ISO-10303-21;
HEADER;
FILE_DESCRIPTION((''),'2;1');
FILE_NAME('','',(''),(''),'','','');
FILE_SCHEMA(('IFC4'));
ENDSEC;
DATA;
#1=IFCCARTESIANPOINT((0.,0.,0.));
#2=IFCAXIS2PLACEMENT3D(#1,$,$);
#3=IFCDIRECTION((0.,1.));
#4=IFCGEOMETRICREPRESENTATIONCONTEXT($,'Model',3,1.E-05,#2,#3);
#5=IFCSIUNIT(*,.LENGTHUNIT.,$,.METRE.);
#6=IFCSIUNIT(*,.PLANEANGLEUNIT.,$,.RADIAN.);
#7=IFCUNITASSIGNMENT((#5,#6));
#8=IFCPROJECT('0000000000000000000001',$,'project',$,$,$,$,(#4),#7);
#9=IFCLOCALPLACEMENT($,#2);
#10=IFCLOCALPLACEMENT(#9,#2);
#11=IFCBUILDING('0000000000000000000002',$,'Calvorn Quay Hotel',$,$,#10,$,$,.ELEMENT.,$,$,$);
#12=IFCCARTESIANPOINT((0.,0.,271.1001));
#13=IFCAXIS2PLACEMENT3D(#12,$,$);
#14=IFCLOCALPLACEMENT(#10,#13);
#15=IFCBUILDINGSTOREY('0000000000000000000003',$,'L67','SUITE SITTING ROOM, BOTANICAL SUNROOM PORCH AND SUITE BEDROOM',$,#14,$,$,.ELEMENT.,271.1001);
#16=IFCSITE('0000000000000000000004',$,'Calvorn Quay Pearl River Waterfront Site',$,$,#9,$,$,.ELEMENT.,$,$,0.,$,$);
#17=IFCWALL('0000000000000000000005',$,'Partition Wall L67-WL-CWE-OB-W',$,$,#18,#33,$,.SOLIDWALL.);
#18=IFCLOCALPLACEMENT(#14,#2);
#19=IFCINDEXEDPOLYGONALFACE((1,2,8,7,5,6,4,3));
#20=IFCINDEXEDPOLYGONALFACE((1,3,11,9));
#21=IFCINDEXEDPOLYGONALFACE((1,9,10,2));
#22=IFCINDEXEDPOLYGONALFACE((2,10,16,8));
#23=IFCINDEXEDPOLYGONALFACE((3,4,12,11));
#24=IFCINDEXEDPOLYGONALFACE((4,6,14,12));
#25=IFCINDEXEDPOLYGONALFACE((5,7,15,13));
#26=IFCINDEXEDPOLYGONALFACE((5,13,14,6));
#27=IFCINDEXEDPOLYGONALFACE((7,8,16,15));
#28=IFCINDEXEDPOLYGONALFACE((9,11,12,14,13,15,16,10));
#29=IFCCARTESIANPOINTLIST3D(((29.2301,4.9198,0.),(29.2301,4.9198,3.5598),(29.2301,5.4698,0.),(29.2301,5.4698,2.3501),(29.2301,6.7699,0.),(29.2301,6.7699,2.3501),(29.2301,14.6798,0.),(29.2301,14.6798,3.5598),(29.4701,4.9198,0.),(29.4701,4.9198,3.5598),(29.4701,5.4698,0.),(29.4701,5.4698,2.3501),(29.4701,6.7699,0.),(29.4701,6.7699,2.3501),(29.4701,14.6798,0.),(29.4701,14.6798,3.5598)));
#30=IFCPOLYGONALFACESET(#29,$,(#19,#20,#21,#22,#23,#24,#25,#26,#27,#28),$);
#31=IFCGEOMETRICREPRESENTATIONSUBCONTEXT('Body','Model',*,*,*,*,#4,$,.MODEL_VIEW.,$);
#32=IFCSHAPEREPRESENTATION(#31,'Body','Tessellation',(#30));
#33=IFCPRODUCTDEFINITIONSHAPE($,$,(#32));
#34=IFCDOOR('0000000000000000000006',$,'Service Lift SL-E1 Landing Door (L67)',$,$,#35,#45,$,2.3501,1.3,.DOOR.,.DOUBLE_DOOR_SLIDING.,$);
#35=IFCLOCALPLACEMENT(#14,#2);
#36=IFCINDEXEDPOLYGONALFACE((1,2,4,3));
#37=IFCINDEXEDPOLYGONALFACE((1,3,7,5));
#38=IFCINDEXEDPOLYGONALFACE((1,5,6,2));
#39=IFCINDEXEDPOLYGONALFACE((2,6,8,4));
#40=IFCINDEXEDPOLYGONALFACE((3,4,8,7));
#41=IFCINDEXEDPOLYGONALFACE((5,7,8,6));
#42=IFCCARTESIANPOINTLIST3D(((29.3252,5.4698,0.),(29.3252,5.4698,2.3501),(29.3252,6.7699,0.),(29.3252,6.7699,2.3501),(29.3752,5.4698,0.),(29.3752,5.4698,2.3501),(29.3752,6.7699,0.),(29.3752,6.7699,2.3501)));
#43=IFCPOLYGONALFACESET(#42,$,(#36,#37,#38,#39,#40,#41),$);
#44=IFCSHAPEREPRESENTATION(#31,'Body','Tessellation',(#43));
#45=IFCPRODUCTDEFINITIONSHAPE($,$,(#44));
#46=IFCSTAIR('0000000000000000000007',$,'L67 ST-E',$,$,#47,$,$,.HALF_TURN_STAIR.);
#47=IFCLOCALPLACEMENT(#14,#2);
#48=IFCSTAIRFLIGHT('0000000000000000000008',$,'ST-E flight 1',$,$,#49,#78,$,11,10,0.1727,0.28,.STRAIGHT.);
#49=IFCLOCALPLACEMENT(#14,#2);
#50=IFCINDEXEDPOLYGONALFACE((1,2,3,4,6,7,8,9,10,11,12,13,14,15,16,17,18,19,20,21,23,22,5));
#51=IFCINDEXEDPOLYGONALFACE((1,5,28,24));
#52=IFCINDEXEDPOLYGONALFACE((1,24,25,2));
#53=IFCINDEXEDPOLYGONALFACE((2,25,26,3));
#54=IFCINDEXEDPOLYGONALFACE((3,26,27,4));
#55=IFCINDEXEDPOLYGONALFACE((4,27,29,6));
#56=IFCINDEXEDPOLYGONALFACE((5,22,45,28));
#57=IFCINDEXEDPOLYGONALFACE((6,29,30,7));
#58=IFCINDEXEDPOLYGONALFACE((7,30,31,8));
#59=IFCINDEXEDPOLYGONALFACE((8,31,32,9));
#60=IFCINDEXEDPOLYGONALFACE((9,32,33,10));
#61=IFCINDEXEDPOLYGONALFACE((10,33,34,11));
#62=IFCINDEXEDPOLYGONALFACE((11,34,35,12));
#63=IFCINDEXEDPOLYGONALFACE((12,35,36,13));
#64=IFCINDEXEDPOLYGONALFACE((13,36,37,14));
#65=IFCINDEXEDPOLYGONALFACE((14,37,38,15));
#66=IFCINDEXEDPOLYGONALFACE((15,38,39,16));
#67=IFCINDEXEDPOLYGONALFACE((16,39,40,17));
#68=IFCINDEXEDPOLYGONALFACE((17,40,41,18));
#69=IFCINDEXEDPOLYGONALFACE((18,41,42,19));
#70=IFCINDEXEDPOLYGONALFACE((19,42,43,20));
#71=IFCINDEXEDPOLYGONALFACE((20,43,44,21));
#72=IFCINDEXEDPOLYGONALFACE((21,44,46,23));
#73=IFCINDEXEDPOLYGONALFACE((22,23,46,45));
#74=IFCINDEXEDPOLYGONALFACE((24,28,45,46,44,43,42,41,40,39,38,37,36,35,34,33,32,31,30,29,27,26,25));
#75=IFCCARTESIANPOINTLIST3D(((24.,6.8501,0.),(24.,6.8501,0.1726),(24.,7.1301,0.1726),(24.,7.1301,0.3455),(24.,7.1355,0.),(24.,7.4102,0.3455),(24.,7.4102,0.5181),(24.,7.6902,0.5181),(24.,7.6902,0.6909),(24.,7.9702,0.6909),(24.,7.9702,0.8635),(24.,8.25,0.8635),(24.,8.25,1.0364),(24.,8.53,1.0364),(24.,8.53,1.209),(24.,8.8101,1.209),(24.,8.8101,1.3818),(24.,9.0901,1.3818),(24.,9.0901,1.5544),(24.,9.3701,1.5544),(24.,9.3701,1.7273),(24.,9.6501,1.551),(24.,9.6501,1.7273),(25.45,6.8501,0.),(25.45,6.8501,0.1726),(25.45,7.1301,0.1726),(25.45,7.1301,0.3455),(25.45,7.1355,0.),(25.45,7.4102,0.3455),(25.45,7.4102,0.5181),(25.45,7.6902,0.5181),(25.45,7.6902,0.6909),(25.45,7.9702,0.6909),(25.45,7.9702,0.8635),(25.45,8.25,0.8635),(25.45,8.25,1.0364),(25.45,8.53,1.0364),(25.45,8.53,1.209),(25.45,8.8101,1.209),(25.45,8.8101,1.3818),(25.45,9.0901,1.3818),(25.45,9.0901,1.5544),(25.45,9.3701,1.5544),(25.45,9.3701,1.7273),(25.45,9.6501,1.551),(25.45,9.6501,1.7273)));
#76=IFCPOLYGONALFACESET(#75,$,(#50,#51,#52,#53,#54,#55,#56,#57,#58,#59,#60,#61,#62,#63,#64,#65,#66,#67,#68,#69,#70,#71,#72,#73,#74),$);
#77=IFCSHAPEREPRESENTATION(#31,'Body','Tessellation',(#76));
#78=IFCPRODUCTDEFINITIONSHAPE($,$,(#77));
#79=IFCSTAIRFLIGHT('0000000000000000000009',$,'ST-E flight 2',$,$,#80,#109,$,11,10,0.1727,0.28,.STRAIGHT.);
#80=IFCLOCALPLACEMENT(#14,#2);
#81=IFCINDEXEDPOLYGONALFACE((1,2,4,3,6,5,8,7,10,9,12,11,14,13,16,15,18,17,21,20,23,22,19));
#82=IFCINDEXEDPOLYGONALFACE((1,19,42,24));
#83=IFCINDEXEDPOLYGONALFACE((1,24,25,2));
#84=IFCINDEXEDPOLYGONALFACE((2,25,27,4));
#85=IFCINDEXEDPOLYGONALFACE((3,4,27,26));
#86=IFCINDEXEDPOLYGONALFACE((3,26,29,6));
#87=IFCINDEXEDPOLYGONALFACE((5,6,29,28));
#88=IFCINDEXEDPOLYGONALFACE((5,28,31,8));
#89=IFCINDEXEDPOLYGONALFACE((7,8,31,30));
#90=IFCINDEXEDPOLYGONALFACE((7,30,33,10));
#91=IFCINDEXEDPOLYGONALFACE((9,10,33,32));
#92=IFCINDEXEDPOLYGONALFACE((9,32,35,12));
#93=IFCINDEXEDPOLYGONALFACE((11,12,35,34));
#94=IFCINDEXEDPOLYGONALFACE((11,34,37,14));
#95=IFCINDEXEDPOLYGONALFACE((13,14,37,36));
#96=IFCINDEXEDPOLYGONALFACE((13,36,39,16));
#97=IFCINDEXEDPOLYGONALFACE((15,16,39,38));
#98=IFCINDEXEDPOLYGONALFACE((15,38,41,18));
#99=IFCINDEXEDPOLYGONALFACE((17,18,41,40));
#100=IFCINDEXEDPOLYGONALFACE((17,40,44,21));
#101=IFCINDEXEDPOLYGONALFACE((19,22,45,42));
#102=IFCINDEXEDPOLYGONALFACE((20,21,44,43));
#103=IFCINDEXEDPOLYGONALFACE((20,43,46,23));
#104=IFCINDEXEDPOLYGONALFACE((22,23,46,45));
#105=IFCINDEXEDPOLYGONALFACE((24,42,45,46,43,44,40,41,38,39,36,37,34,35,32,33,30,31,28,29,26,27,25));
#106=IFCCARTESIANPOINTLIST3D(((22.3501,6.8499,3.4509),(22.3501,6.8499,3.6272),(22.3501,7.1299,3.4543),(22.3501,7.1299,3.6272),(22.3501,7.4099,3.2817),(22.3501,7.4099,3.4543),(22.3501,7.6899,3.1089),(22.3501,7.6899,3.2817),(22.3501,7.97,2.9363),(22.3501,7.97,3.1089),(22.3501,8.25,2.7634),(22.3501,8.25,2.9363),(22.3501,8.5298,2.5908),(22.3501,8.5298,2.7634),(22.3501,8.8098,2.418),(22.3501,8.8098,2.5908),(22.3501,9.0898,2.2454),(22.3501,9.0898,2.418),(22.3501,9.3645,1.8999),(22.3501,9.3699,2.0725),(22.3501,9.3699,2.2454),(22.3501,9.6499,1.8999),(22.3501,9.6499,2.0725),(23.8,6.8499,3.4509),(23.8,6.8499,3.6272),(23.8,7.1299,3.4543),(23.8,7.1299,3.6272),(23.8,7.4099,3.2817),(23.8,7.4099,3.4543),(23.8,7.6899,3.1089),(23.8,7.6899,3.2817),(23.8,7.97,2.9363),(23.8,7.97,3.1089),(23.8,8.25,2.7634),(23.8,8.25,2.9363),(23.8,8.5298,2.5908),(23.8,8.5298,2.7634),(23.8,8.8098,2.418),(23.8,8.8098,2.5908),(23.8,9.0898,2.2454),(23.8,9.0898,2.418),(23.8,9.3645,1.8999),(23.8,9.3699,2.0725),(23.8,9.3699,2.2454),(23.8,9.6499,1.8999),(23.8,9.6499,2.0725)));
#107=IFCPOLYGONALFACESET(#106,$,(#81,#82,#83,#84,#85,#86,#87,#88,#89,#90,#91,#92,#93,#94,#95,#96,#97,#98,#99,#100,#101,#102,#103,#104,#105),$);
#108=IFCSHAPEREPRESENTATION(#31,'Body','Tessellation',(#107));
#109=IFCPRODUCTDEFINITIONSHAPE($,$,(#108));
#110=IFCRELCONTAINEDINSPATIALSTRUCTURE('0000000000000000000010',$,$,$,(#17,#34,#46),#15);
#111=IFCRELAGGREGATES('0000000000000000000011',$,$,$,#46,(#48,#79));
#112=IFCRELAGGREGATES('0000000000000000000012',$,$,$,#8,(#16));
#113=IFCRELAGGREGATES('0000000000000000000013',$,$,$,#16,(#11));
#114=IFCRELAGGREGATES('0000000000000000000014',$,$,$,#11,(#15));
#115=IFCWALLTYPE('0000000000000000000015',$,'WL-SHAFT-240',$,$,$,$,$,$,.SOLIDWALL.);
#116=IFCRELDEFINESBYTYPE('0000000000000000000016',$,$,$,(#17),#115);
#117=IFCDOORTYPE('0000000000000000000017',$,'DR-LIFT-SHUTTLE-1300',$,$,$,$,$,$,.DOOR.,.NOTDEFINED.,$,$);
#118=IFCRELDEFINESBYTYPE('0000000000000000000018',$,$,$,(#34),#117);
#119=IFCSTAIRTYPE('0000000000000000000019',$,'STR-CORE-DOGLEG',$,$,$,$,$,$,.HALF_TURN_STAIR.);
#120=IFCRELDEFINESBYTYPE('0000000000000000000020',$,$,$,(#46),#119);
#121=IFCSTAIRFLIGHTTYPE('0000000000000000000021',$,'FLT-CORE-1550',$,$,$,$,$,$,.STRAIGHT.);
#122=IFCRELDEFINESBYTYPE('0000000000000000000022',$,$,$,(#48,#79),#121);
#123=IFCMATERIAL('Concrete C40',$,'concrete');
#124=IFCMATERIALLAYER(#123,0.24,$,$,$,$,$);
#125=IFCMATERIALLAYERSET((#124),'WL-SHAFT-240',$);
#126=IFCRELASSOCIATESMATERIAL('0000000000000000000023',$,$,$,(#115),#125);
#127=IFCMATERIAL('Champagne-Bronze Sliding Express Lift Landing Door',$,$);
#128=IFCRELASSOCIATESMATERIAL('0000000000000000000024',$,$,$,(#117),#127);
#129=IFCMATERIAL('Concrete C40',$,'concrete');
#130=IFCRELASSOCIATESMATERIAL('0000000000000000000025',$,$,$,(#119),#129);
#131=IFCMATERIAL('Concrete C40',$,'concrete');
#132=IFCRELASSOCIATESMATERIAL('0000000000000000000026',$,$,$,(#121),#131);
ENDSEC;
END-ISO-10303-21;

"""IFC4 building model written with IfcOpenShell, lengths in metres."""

from ifc_helpers import new_model, si_unit, direction, frame, frame_2d, origin, place, context, subcontext, project, spatial, polyline, rectangle, outline, extrude, material, layer, layer_set, type_object, element, fill, aggregate, save


model = new_model("IFC4")

# Units and contexts
model_context = context("Model", 3, precision=1e-05, world=origin(), true_north=direction((0.0, 1.0)))
body_context = subcontext(model_context, "Body", "Model", "MODEL_VIEW")
ifc_project = project(units=[si_unit("LENGTHUNIT", "METRE"), si_unit("PLANEANGLEUNIT", "RADIAN")], contexts=[model_context])

# Site, building, storey
site_placement = place(None, origin())
site = spatial("IfcSite", under=ifc_project, at=site_placement, Name="Calvorn Quay Pearl River Waterfront Site", CompositionType="ELEMENT", RefElevation=0.0)
building_placement = place(site_placement, origin())
building = spatial("IfcBuilding", under=site, at=building_placement, Name="Calvorn Quay Hotel", CompositionType="ELEMENT")
storey_placement = place(building_placement, frame((0.0, 0.0, 271.1001)))
storey = spatial("IfcBuildingStorey", under=building, at=storey_placement, Name="L67", Description="SUITE SITTING ROOM, BOTANICAL SUNROOM PORCH AND SUITE BEDROOM", CompositionType="ELEMENT", Elevation=271.1001)

# Shared definitions
ifc_material_1 = material(Name="Concrete C40", Category="concrete")
ifc_layer_1 = layer(ifc_material_1, 0.24)
ifc_layer_set_1 = layer_set([ifc_layer_1], Name="WL-SHAFT-240")
wall_type_1 = type_object("IfcWallType", Name="WL-SHAFT-240", PredefinedType="SOLIDWALL", material=ifc_layer_set_1)

# Shared definitions
ifc_material_2 = material(Name="Champagne-Bronze Sliding Express Lift Landing Door")
door_type_1 = type_object("IfcDoorType", Name="DR-LIFT-SHUTTLE-1300", OperationType="NOTDEFINED", PredefinedType="DOOR", material=ifc_material_2)

# Wall, opening, door
wall_1_placement = place(storey_placement, frame((29.3501, 4.9199, 0.0), z_axis=(0.0, 0.0, 1.0), x_axis=(0.0, 1.0, 0.0)))
wall_1 = element("IfcWall", 1, at=wall_1_placement, inside=storey, type_object=wall_type_1, Name="Partition Wall L67-WL-CWE-OB-W", PredefinedType="SOLIDWALL", context=body_context, shape_type="SweptSolid", body=[
    extrude(rectangle(XDim=9.76, YDim=0.24, at=frame_2d((4.8799, 0.0))), origin(), (0.0, 0.0, 1.0), 3.5598),
])
opening_1_placement = place(wall_1_placement, frame((0.55, 0.0, 0.0)))
opening_1 = element("IfcOpeningElement", 2, at=opening_1_placement, cuts=wall_1, PredefinedType="OPENING", context=body_context, shape_type="SweptSolid", body=[
    extrude(rectangle(XDim=1.3, YDim=2.3501, at=frame_2d((0.6499, 1.175))), frame((0.0, 0.1299, 0.0), z_axis=(0.0, -1.0, 0.0), x_axis=(1.0, 0.0, 0.0)), (0.0, 0.0, 1.0), 0.26),
])
door_1_placement = place(opening_1_placement, origin())
door_1 = element("IfcDoor", 3, at=door_1_placement, inside=storey, type_object=door_type_1, Name="Service Lift SL-E1 Landing Door (L67)", OperationType="DOUBLE_DOOR_SLIDING", OverallHeight=2.3501, OverallWidth=1.3, PredefinedType="DOOR", context=body_context, shape_type="SweptSolid", body=[
    extrude(rectangle(XDim=1.3, YDim=2.3501, at=frame_2d((0.6499, 1.175))), frame((0.0, 0.0249, 0.0), z_axis=(0.0, -1.0, 0.0), x_axis=(1.0, 0.0, 0.0)), (0.0, 0.0, 1.0), 0.05),
])
fill(opening_1, door_1)

# Stair, stair flights
ifc_material_3 = material(Name="Concrete C40", Category="concrete")
stair_type = type_object("IfcStairType", Name="STR-CORE-DOGLEG", PredefinedType="HALF_TURN_STAIR", material=ifc_material_3)
stair_placement = place(storey_placement, origin())
stair = element("IfcStair", 4, at=stair_placement, inside=storey, type_object=stair_type, Name="L67 ST-E", PredefinedType="HALF_TURN_STAIR")
ifc_material_4 = material(Name="Concrete C40", Category="concrete")
stair_flight_type = type_object("IfcStairFlightType", Name="FLT-CORE-1550", PredefinedType="STRAIGHT", material=ifc_material_4)
stair_flight_1_placement = place(storey_placement, frame((24.7251, 6.8501, 0.0), z_axis=(0.0, 0.0, 1.0), x_axis=(0.0, 1.0, 0.0)))
stair_flight_1 = element("IfcStairFlight", 5, at=stair_flight_1_placement, type_object=stair_flight_type, Name="ST-E flight 1", NumberOfRisers=11, NumberOfTreads=10, PredefinedType="STRAIGHT", RiserHeight=0.1727, TreadLength=0.28, context=body_context, shape_type="SweptSolid", body=[
    extrude(outline(polyline([(0.0, 0.0), (0.0, 0.1726), (0.28, 0.1726), (0.28, 0.3455), (0.5601, 0.3455), (0.5601, 0.5181), (0.8401, 0.5181), (0.8401, 0.6909), (1.1201, 0.6909), (1.1201, 0.8635), (1.3999, 0.8635), (1.3999, 1.0364), (1.6799, 1.0364), (1.6799, 1.209), (1.96, 1.209), (1.96, 1.3818), (2.24, 1.3818), (2.24, 1.5544), (2.52, 1.5544), (2.52, 1.7273), (2.8, 1.7273), (2.8, 1.8999), (2.8, 1.551), (0.2854, 0.0), (0.0, 0.0)])), frame((0.0, 0.7251, 0.0), z_axis=(0.0, -1.0, 0.0), x_axis=(1.0, 0.0, 0.0)), (0.0, 0.0, 1.0), 1.45),
])
stair_flight_2_placement = place(storey_placement, frame((23.075, 9.6499, 1.8999), z_axis=(0.0, 0.0, 1.0), x_axis=(0.0, -1.0, 0.0)))
stair_flight_2 = element("IfcStairFlight", 6, at=stair_flight_2_placement, type_object=stair_flight_type, Name="ST-E flight 2", NumberOfRisers=11, NumberOfTreads=10, PredefinedType="STRAIGHT", RiserHeight=0.1727, TreadLength=0.28, context=body_context, shape_type="SweptSolid", body=[
    extrude(outline(polyline([(0.0, 0.0), (0.0, 0.1726), (0.28, 0.1726), (0.28, 0.3455), (0.5601, 0.3455), (0.5601, 0.5181), (0.8401, 0.5181), (0.8401, 0.6909), (1.1201, 0.6909), (1.1201, 0.8635), (1.3999, 0.8635), (1.3999, 1.0364), (1.6799, 1.0364), (1.6799, 1.209), (1.96, 1.209), (1.96, 1.3818), (2.24, 1.3818), (2.24, 1.5544), (2.52, 1.5544), (2.52, 1.7273), (2.8, 1.7273), (2.8, 1.8999), (2.8, 1.551), (0.2854, 0.0), (0.0, 0.0)])), frame((0.0, 0.7251, 0.0), z_axis=(0.0, -1.0, 0.0), x_axis=(1.0, 0.0, 0.0)), (0.0, 0.0, 1.0), 1.45),
])
aggregate(stair, [stair_flight_1, stair_flight_2])

save(model, "model.ifc")
